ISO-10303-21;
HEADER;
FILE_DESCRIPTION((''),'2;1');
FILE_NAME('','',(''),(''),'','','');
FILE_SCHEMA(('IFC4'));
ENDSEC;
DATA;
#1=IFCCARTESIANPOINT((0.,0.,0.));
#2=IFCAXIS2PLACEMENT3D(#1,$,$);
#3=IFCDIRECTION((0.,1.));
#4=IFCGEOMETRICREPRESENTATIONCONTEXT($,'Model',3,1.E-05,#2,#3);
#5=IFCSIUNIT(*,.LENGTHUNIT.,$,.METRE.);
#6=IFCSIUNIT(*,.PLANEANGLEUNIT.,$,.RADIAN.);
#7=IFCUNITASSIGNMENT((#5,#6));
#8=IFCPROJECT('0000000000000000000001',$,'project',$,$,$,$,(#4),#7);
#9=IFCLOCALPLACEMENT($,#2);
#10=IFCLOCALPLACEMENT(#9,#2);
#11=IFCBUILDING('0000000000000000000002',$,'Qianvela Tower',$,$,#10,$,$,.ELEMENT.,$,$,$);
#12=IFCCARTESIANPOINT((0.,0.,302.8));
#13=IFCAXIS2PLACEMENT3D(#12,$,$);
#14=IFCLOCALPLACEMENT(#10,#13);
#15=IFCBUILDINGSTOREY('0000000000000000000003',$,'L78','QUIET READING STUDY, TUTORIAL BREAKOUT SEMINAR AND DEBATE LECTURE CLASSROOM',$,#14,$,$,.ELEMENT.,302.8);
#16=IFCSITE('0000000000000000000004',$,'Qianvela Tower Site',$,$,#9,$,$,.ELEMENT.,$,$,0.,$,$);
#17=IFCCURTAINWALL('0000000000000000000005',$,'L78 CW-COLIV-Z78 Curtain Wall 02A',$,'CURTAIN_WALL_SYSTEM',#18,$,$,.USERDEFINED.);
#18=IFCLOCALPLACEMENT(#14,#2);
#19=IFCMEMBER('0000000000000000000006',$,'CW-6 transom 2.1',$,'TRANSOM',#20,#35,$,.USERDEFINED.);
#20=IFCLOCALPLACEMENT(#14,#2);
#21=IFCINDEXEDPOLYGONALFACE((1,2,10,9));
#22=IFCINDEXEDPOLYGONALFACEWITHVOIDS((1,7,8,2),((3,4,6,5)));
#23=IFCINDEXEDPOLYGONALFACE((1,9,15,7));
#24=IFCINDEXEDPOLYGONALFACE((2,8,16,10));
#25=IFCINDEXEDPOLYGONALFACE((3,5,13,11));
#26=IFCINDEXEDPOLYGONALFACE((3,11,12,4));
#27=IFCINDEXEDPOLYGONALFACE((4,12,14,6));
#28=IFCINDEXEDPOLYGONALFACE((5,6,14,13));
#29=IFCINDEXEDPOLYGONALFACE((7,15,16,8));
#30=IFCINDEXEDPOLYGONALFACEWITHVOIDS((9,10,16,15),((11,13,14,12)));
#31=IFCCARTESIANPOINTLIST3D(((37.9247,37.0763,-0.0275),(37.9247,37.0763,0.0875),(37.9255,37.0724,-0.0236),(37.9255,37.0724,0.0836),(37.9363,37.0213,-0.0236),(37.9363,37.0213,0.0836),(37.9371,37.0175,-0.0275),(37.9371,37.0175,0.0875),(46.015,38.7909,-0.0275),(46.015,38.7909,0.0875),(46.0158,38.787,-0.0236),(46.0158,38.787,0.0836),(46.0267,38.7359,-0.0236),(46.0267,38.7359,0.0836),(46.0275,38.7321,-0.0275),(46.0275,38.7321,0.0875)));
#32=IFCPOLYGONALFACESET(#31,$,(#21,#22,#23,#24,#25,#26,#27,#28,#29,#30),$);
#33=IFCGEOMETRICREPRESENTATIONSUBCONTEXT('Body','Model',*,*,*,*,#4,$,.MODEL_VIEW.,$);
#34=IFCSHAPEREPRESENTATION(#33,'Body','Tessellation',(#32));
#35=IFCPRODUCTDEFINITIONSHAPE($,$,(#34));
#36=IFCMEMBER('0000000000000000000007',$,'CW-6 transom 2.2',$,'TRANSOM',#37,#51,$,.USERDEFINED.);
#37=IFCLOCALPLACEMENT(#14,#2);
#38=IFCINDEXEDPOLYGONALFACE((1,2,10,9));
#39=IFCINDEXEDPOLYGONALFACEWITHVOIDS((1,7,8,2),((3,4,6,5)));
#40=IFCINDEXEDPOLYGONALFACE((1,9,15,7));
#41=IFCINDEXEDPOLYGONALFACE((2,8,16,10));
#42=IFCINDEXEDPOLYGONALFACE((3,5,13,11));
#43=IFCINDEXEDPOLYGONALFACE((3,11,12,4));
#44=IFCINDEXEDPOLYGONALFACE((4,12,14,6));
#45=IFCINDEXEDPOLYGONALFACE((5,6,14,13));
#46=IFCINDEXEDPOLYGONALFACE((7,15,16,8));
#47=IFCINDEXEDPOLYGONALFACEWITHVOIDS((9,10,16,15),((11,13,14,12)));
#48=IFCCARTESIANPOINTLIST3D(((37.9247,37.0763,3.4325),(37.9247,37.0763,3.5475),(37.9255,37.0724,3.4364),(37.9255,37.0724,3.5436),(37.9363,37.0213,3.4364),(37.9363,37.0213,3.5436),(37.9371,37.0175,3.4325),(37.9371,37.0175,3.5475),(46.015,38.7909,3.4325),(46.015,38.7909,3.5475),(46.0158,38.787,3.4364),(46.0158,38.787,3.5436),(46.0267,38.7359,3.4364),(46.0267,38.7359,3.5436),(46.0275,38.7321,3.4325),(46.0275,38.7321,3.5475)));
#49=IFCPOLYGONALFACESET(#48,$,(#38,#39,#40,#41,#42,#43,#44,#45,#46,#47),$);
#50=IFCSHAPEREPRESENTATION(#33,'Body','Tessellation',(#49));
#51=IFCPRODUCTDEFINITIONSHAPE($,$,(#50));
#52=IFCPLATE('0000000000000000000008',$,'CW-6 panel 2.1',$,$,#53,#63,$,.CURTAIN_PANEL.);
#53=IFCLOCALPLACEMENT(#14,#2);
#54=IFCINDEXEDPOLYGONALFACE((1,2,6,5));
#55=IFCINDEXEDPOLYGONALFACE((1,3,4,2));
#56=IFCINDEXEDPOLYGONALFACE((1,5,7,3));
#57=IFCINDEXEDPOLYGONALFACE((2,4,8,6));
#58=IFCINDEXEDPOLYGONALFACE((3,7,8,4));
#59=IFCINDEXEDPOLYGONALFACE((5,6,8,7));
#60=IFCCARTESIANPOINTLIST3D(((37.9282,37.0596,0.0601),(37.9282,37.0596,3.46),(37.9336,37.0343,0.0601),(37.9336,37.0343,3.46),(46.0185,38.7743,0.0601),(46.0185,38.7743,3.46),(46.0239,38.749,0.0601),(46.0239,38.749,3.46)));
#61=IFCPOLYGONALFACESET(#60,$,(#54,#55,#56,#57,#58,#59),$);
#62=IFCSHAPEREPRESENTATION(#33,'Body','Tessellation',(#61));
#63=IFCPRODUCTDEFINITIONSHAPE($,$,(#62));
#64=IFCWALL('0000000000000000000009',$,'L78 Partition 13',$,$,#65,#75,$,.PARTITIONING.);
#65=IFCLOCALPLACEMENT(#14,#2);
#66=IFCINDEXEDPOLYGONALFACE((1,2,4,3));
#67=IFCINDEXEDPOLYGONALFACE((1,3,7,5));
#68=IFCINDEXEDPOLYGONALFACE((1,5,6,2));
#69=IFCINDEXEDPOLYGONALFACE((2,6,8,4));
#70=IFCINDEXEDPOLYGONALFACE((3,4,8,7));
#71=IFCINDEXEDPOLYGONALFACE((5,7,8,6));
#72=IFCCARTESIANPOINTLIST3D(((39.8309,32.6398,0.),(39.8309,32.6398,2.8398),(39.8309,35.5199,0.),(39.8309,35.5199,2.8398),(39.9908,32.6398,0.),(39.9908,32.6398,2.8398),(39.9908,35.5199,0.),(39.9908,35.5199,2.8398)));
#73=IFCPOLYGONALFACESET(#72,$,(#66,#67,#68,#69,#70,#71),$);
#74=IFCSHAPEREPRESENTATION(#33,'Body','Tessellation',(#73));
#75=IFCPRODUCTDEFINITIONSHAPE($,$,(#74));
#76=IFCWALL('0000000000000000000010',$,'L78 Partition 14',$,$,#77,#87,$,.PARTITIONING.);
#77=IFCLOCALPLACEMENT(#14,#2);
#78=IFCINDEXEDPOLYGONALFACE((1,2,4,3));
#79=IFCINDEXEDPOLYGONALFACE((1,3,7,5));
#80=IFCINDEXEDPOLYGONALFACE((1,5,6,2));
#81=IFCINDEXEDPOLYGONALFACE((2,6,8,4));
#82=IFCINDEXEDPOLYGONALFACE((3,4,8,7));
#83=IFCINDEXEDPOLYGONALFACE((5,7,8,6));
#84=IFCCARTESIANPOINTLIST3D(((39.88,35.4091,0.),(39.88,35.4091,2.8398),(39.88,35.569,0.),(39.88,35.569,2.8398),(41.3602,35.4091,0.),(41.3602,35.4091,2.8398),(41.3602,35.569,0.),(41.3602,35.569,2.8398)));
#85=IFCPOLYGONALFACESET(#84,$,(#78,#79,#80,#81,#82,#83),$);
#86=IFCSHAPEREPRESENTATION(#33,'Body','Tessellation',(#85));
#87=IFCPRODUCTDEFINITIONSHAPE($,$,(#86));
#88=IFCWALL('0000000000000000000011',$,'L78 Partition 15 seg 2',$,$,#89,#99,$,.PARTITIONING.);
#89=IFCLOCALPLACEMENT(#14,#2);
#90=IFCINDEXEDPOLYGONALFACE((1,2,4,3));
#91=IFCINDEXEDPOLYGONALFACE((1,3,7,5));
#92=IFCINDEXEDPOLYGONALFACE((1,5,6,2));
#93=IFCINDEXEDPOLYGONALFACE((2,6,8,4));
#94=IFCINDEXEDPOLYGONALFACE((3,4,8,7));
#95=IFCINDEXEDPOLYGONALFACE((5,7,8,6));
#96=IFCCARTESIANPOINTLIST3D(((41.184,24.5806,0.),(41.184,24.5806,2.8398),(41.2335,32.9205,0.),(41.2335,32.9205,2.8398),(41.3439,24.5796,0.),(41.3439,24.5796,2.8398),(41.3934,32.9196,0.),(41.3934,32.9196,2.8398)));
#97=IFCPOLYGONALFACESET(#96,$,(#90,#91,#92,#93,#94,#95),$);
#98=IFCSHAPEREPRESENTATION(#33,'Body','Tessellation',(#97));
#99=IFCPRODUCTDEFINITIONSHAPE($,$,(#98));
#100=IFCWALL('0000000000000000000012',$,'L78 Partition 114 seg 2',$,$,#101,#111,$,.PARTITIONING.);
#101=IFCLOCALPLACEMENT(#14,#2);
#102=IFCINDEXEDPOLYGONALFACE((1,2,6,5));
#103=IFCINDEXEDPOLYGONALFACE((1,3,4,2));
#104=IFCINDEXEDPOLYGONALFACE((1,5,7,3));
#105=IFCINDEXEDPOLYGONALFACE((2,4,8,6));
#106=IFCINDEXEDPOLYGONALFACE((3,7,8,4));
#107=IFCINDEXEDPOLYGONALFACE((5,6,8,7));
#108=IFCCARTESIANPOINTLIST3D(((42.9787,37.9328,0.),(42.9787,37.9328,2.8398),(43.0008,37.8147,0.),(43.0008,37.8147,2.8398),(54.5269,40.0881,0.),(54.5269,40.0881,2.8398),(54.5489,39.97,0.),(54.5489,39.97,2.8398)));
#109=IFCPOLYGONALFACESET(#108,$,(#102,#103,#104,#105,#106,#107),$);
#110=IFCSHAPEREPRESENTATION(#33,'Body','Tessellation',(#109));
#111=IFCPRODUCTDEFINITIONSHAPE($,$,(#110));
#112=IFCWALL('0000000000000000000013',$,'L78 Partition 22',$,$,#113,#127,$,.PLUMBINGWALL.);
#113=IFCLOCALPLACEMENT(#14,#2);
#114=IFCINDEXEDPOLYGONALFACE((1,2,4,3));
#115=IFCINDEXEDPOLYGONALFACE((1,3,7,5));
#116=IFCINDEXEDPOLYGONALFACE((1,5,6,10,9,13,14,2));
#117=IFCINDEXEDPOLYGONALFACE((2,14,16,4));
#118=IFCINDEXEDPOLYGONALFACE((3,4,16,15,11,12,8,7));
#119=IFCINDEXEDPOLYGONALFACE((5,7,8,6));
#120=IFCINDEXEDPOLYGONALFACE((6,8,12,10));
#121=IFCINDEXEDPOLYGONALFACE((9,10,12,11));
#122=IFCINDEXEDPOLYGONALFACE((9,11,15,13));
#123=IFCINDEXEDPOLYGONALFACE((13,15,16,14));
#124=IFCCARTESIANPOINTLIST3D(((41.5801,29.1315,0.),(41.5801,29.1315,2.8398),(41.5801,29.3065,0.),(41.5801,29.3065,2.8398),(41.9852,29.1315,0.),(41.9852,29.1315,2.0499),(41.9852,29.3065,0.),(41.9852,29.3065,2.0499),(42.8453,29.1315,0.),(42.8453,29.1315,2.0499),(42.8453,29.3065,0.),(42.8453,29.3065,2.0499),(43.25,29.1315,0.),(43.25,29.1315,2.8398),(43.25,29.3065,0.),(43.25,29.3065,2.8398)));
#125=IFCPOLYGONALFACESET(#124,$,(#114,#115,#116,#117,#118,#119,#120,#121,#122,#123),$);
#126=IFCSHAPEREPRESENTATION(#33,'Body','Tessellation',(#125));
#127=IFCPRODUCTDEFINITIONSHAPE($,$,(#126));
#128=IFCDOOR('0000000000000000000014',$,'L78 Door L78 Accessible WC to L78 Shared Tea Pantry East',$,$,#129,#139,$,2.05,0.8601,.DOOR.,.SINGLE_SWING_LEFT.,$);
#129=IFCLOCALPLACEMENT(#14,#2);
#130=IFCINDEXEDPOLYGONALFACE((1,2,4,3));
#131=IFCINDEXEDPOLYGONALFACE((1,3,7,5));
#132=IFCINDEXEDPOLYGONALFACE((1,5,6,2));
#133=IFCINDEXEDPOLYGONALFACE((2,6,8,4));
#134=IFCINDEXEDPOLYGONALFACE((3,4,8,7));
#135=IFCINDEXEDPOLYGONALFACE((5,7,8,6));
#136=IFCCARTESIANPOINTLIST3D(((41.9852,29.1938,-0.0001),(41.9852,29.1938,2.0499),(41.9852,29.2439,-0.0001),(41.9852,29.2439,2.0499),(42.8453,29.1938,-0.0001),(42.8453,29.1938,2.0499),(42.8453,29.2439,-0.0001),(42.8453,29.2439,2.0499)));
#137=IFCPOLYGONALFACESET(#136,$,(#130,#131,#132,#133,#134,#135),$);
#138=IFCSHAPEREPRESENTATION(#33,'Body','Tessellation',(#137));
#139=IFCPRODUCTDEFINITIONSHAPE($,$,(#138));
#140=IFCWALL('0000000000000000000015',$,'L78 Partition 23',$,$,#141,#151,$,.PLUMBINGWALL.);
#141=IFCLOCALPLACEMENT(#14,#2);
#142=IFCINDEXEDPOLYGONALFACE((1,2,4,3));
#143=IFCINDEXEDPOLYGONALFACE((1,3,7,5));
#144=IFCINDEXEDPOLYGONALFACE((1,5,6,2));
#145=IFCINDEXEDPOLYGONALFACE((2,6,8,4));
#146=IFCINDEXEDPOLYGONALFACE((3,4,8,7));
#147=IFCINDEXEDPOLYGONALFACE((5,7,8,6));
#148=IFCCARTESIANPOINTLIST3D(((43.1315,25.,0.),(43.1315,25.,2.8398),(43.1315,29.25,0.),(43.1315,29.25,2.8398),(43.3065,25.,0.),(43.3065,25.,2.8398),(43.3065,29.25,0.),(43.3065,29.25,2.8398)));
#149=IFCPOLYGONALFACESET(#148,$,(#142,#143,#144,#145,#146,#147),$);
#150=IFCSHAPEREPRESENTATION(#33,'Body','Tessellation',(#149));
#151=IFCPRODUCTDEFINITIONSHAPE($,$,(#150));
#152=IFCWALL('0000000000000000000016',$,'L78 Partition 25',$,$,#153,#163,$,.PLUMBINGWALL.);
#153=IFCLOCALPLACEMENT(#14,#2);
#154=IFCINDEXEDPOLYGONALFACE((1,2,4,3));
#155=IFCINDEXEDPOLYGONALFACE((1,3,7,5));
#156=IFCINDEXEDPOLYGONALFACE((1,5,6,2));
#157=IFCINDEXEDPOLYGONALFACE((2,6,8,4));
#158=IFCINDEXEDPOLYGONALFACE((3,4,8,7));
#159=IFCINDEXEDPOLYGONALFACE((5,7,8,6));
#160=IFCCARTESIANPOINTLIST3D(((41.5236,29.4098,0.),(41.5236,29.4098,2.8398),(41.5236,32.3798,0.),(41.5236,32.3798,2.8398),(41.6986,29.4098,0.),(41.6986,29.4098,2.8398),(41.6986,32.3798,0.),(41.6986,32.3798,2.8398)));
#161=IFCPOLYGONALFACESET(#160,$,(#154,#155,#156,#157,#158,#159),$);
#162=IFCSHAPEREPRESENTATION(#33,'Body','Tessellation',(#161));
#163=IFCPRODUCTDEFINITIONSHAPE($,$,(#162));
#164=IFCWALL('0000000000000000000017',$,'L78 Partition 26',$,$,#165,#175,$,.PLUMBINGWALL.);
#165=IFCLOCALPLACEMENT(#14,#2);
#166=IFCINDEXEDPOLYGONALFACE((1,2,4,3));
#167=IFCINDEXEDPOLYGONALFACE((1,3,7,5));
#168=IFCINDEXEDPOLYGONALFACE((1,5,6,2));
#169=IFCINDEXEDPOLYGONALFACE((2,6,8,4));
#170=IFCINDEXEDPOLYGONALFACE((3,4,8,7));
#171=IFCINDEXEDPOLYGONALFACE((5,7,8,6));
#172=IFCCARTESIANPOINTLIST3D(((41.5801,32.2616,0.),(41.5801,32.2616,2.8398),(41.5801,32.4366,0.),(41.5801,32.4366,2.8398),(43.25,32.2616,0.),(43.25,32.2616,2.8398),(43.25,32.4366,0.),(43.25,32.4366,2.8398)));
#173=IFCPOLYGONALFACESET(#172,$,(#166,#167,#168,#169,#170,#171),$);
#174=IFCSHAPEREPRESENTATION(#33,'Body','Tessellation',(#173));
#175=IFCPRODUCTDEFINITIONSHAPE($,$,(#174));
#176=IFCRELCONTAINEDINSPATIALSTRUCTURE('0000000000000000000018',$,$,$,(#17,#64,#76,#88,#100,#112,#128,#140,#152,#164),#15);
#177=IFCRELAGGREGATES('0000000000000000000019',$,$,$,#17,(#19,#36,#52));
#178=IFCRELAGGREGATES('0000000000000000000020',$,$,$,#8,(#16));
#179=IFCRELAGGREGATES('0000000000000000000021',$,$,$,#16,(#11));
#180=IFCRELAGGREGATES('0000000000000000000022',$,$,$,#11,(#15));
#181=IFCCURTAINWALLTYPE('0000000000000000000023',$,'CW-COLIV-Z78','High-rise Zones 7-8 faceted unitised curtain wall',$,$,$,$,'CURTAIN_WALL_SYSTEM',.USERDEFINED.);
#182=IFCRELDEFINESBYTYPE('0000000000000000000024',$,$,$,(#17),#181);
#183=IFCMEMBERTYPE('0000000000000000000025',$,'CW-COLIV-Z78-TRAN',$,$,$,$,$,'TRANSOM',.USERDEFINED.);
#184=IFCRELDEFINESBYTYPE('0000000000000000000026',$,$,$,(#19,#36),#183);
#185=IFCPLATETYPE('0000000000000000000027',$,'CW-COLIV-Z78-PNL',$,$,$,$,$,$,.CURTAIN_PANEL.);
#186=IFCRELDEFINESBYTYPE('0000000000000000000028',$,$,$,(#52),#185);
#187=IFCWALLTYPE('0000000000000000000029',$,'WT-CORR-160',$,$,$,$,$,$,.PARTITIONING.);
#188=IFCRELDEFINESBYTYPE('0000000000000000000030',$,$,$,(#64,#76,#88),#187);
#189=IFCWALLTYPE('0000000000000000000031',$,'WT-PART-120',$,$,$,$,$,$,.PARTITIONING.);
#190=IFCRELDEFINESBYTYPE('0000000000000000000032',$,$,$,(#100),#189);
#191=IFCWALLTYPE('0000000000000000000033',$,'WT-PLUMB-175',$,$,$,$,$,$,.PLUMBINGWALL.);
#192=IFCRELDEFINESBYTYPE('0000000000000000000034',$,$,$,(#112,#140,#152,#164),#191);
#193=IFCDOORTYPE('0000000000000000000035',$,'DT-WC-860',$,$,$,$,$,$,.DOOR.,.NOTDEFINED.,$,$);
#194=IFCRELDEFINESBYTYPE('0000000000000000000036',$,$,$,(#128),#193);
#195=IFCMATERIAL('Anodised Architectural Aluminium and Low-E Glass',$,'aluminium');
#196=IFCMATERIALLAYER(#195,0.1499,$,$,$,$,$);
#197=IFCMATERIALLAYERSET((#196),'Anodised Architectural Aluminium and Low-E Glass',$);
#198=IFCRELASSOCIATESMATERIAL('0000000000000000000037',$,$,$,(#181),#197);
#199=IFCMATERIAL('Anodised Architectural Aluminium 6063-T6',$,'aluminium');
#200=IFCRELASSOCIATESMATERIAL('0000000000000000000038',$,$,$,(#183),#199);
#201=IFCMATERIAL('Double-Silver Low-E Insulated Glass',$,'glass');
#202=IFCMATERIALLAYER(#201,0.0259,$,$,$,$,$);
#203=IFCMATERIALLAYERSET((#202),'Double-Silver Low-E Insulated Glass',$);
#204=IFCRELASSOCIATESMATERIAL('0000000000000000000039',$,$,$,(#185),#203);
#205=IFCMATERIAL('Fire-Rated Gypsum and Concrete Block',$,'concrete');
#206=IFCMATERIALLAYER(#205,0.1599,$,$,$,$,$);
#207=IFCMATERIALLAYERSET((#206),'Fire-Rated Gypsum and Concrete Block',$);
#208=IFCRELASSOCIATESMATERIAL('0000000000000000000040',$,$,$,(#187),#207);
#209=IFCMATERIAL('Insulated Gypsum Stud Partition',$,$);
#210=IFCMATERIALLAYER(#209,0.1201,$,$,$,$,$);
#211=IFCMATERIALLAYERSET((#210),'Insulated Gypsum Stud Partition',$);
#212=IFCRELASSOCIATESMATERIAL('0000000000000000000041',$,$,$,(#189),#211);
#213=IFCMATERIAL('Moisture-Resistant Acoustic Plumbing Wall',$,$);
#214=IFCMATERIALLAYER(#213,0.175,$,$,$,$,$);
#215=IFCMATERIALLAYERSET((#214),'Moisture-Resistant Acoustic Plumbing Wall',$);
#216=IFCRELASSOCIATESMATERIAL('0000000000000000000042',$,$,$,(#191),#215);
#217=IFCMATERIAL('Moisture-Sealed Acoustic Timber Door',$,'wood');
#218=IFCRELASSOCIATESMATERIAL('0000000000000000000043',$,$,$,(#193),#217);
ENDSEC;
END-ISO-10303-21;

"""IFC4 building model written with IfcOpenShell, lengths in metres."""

from ifc_helpers import new_model, si_unit, direction, frame, frame_2d, origin, origin_2d, place, context, subcontext, project, spatial, rectangle, hollow_rectangle, extrude, material, layer, layer_set, material_profile, profile_set, type_object, element, fill, aggregate, save


model = new_model("IFC4")

# Units and contexts
model_context = context("Model", 3, precision=1e-05, world=origin(), true_north=direction((0.0, 1.0)))
body_context = subcontext(model_context, "Body", "Model", "MODEL_VIEW")
ifc_project = project(units=[si_unit("LENGTHUNIT", "METRE"), si_unit("PLANEANGLEUNIT", "RADIAN")], contexts=[model_context])

# Site, building, storey
site_placement = place(None, origin())
site = spatial("IfcSite", under=ifc_project, at=site_placement, Name="Qianvela Tower Site", CompositionType="ELEMENT", RefElevation=0.0)
building_placement = place(site_placement, origin())
building = spatial("IfcBuilding", under=site, at=building_placement, Name="Qianvela Tower", CompositionType="ELEMENT")
storey_placement = place(building_placement, frame((0.0, 0.0, 302.8)))
storey = spatial("IfcBuildingStorey", under=building, at=storey_placement, Name="L78", Description="QUIET READING STUDY, TUTORIAL BREAKOUT SEMINAR AND DEBATE LECTURE CLASSROOM", CompositionType="ELEMENT", Elevation=302.8)

# Curtain wall, members, plate
ifc_material_1 = material(Name="Anodised Architectural Aluminium and Low-E Glass", Category="aluminium")
ifc_layer_1 = layer(ifc_material_1, 0.1499)
ifc_layer_set_1 = layer_set([ifc_layer_1], Name="Anodised Architectural Aluminium and Low-E Glass")
curtain_wall_type = type_object("IfcCurtainWallType", Name="CW-COLIV-Z78", Description="High-rise Zones 7-8 faceted unitised curtain wall", ElementType="CURTAIN_WALL_SYSTEM", PredefinedType="USERDEFINED", material=ifc_layer_set_1)
curtain_wall_placement = place(storey_placement, origin())
curtain_wall = element("IfcCurtainWall", 1, at=curtain_wall_placement, inside=storey, type_object=curtain_wall_type, Name="L78 CW-COLIV-Z78 Curtain Wall 02A", ObjectType="CURTAIN_WALL_SYSTEM", PredefinedType="USERDEFINED")
ifc_material_2 = material(Name="Anodised Architectural Aluminium 6063-T6", Category="aluminium")
ifc_material_profile = material_profile(ifc_material_2, hollow_rectangle(XDim=0.0601, YDim=0.115, WallThickness=0.0039, at=origin_2d()), Name="ALU-TRAN-60x115")
ifc_profile_set = profile_set([ifc_material_profile], Name="Anodised Architectural Aluminium 6063-T6")
member_type = type_object("IfcMemberType", Name="CW-COLIV-Z78-TRAN", ElementType="TRANSOM", PredefinedType="USERDEFINED", material=ifc_profile_set)
member_1_placement = place(storey_placement, frame((46.0212, 38.7615, 0.03), z_axis=(-0.978272, -0.207327, 0.0), x_axis=(0.207327, -0.978272, 0.0)))
member_1 = element("IfcMember", 2, at=member_1_placement, type_object=member_type, Name="CW-6 transom 2.1", ObjectType="TRANSOM", PredefinedType="USERDEFINED", context=body_context, shape_type="SweptSolid", body=[
    extrude(hollow_rectangle(XDim=0.0601, YDim=0.115, WallThickness=0.0039, at=origin_2d()), origin(), (0.0, 0.0, 1.0), 8.27),
])
member_2_placement = place(storey_placement, frame((46.0212, 38.7615, 3.49), z_axis=(-0.978272, -0.207327, 0.0), x_axis=(0.207327, -0.978272, 0.0)))
member_2 = element("IfcMember", 3, at=member_2_placement, type_object=member_type, Name="CW-6 transom 2.2", ObjectType="TRANSOM", PredefinedType="USERDEFINED", context=body_context, shape_type="SweptSolid", body=[
    extrude(hollow_rectangle(XDim=0.0601, YDim=0.115, WallThickness=0.0039, at=origin_2d()), origin(), (0.0, 0.0, 1.0), 8.27),
])
ifc_material_3 = material(Name="Double-Silver Low-E Insulated Glass", Category="glass")
ifc_layer_2 = layer(ifc_material_3, 0.0259)
ifc_layer_set_2 = layer_set([ifc_layer_2], Name="Double-Silver Low-E Insulated Glass")
plate_type = type_object("IfcPlateType", Name="CW-COLIV-Z78-PNL", PredefinedType="CURTAIN_PANEL", material=ifc_layer_set_2)
plate_placement = place(storey_placement, frame((41.9761, 37.9043, 0.0601), z_axis=(0.0, 0.0, 1.0), x_axis=(-0.978268, -0.207345, 0.0)))
plate = element("IfcPlate", 4, at=plate_placement, type_object=plate_type, Name="CW-6 panel 2.1", PredefinedType="CURTAIN_PANEL", context=body_context, shape_type="SweptSolid", body=[
    extrude(rectangle(XDim=8.27, YDim=0.0259, at=origin_2d()), origin(), (0.0, 0.0, 1.0), 3.3999),
])
aggregate(curtain_wall, [member_1, member_2, plate])

# Walls
ifc_material_4 = material(Name="Fire-Rated Gypsum and Concrete Block", Category="concrete")
ifc_layer_3 = layer(ifc_material_4, 0.1599)
ifc_layer_set_3 = layer_set([ifc_layer_3], Name="Fire-Rated Gypsum and Concrete Block")
wall_type_1 = type_object("IfcWallType", Name="WT-CORR-160", PredefinedType="PARTITIONING", material=ifc_layer_set_3)
wall_1_placement = place(storey_placement, frame((39.9109, 32.6399, 0.0), z_axis=(0.0, 0.0, 1.0), x_axis=(0.0, 1.0, 0.0)))
element("IfcWall", 5, at=wall_1_placement, inside=storey, type_object=wall_type_1, Name="L78 Partition 13", PredefinedType="PARTITIONING", context=body_context, shape_type="SweptSolid", body=[
    extrude(rectangle(XDim=2.8801, YDim=0.1599, at=frame_2d((1.4399, 0.0))), origin(), (0.0, 0.0, 1.0), 2.8398),
])
wall_2_placement = place(storey_placement, frame((39.8799, 35.489, 0.0), z_axis=(0.0, 0.0, 1.0), x_axis=(1.0, 0.0, 0.0)))
element("IfcWall", 6, at=wall_2_placement, inside=storey, type_object=wall_type_1, Name="L78 Partition 14", PredefinedType="PARTITIONING", context=body_context, shape_type="SweptSolid", body=[
    extrude(rectangle(XDim=1.4802, YDim=0.1599, at=frame_2d((0.7402, 0.0))), origin(), (0.0, 0.0, 1.0), 2.8398),
])
wall_3_placement = place(storey_placement, frame((41.3135, 32.9199, 0.0), z_axis=(0.0, 0.0, 1.0), x_axis=(-0.005943, -0.999982, 0.0)))
element("IfcWall", 7, at=wall_3_placement, inside=storey, type_object=wall_type_1, Name="L78 Partition 15 seg 2", PredefinedType="PARTITIONING", context=body_context, shape_type="SweptSolid", body=[
    extrude(rectangle(XDim=8.3401, YDim=0.1599, at=frame_2d((4.1699, 0.0))), origin(), (0.0, 0.0, 1.0), 2.8398),
])
ifc_material_5 = material(Name="Insulated Gypsum Stud Partition")
ifc_layer_4 = layer(ifc_material_5, 0.1201)
ifc_layer_set_4 = layer_set([ifc_layer_4], Name="Insulated Gypsum Stud Partition")
wall_type_2 = type_object("IfcWallType", Name="WT-PART-120", PredefinedType="PARTITIONING", material=ifc_layer_set_4)
wall_4_placement = place(storey_placement, frame((42.9897, 37.8738, 0.0), z_axis=(0.0, 0.0, 1.0), x_axis=(0.983026, 0.183467, 0.0)))
element("IfcWall", 8, at=wall_4_placement, inside=storey, type_object=wall_type_2, Name="L78 Partition 114 seg 2", PredefinedType="PARTITIONING", context=body_context, shape_type="SweptSolid", body=[
    extrude(rectangle(XDim=11.7476, YDim=0.1201, at=frame_2d((5.8738, 0.0))), origin(), (0.0, 0.0, 1.0), 2.8398),
])

# Wall, opening, door
ifc_material_6 = material(Name="Moisture-Resistant Acoustic Plumbing Wall")
ifc_layer_5 = layer(ifc_material_6, 0.175)
ifc_layer_set_5 = layer_set([ifc_layer_5], Name="Moisture-Resistant Acoustic Plumbing Wall")
wall_type_3 = type_object("IfcWallType", Name="WT-PLUMB-175", PredefinedType="PLUMBINGWALL", material=ifc_layer_set_5)
wall_5_placement = place(storey_placement, frame((41.5801, 29.219, 0.0), z_axis=(0.0, 0.0, 1.0), x_axis=(1.0, 0.0, 0.0)))
wall_5 = element("IfcWall", 9, at=wall_5_placement, inside=storey, type_object=wall_type_3, Name="L78 Partition 22", PredefinedType="PLUMBINGWALL", context=body_context, shape_type="SweptSolid", body=[
    extrude(rectangle(XDim=1.6699, YDim=0.175, at=frame_2d((0.835, 0.0))), origin(), (0.0, 0.0, 1.0), 2.8398),
])
opening_1_placement = place(wall_5_placement, frame((0.405, 0.0, 0.0)))
opening_1 = element("IfcOpeningElement", 10, at=opening_1_placement, cuts=wall_5, PredefinedType="OPENING", context=body_context, shape_type="SweptSolid", body=[
    extrude(rectangle(XDim=0.8601, YDim=2.05, at=frame_2d((0.4302, 1.0249))), frame((0.0, 0.0974, 0.0), z_axis=(0.0, -1.0, 0.0), x_axis=(1.0, 0.0, 0.0)), (0.0, 0.0, 1.0), 0.1951),
])
ifc_material_7 = material(Name="Moisture-Sealed Acoustic Timber Door", Category="wood")
door_type_1 = type_object("IfcDoorType", Name="DT-WC-860", OperationType="NOTDEFINED", PredefinedType="DOOR", material=ifc_material_7)
door_1_placement = place(opening_1_placement, origin())
door_1 = element("IfcDoor", 11, at=door_1_placement, inside=storey, type_object=door_type_1, Name="L78 Door L78 Accessible WC to L78 Shared Tea Pantry East", OperationType="SINGLE_SWING_LEFT", OverallHeight=2.05, OverallWidth=0.8601, PredefinedType="DOOR", context=body_context, shape_type="SweptSolid", body=[
    extrude(rectangle(XDim=0.8601, YDim=2.05, at=frame_2d((0.4302, 1.0249))), frame((0.0, 0.0249, 0.0), z_axis=(0.0, -1.0, 0.0), x_axis=(1.0, 0.0, 0.0)), (0.0, 0.0, 1.0), 0.05),
])
fill(opening_1, door_1)

# Walls
wall_6_placement = place(storey_placement, frame((43.219, 29.25, 0.0), z_axis=(0.0, 0.0, 1.0), x_axis=(0.0, -1.0, 0.0)))
element("IfcWall", 12, at=wall_6_placement, inside=storey, type_object=wall_type_3, Name="L78 Partition 23", PredefinedType="PLUMBINGWALL", context=body_context, shape_type="SweptSolid", body=[
    extrude(rectangle(XDim=4.25, YDim=0.175, at=frame_2d((2.125, 0.0))), origin(), (0.0, 0.0, 1.0), 2.8398),
])
wall_7_placement = place(storey_placement, frame((41.6111, 29.4099, 0.0), z_axis=(0.0, 0.0, 1.0), x_axis=(0.0, 1.0, 0.0)))
element("IfcWall", 13, at=wall_7_placement, inside=storey, type_object=wall_type_3, Name="L78 Partition 25", PredefinedType="PLUMBINGWALL", context=body_context, shape_type="SweptSolid", body=[
    extrude(rectangle(XDim=2.97, YDim=0.175, at=frame_2d((1.4849, 0.0))), origin(), (0.0, 0.0, 1.0), 2.8398),
])
wall_8_placement = place(storey_placement, frame((41.5801, 32.3491, 0.0), z_axis=(0.0, 0.0, 1.0), x_axis=(1.0, 0.0, 0.0)))
element("IfcWall", 14, at=wall_8_placement, inside=storey, type_object=wall_type_3, Name="L78 Partition 26", PredefinedType="PLUMBINGWALL", context=body_context, shape_type="SweptSolid", body=[
    extrude(rectangle(XDim=1.6699, YDim=0.175, at=frame_2d((0.835, 0.0))), origin(), (0.0, 0.0, 1.0), 2.8398),
])

save(model, "model.ifc")
